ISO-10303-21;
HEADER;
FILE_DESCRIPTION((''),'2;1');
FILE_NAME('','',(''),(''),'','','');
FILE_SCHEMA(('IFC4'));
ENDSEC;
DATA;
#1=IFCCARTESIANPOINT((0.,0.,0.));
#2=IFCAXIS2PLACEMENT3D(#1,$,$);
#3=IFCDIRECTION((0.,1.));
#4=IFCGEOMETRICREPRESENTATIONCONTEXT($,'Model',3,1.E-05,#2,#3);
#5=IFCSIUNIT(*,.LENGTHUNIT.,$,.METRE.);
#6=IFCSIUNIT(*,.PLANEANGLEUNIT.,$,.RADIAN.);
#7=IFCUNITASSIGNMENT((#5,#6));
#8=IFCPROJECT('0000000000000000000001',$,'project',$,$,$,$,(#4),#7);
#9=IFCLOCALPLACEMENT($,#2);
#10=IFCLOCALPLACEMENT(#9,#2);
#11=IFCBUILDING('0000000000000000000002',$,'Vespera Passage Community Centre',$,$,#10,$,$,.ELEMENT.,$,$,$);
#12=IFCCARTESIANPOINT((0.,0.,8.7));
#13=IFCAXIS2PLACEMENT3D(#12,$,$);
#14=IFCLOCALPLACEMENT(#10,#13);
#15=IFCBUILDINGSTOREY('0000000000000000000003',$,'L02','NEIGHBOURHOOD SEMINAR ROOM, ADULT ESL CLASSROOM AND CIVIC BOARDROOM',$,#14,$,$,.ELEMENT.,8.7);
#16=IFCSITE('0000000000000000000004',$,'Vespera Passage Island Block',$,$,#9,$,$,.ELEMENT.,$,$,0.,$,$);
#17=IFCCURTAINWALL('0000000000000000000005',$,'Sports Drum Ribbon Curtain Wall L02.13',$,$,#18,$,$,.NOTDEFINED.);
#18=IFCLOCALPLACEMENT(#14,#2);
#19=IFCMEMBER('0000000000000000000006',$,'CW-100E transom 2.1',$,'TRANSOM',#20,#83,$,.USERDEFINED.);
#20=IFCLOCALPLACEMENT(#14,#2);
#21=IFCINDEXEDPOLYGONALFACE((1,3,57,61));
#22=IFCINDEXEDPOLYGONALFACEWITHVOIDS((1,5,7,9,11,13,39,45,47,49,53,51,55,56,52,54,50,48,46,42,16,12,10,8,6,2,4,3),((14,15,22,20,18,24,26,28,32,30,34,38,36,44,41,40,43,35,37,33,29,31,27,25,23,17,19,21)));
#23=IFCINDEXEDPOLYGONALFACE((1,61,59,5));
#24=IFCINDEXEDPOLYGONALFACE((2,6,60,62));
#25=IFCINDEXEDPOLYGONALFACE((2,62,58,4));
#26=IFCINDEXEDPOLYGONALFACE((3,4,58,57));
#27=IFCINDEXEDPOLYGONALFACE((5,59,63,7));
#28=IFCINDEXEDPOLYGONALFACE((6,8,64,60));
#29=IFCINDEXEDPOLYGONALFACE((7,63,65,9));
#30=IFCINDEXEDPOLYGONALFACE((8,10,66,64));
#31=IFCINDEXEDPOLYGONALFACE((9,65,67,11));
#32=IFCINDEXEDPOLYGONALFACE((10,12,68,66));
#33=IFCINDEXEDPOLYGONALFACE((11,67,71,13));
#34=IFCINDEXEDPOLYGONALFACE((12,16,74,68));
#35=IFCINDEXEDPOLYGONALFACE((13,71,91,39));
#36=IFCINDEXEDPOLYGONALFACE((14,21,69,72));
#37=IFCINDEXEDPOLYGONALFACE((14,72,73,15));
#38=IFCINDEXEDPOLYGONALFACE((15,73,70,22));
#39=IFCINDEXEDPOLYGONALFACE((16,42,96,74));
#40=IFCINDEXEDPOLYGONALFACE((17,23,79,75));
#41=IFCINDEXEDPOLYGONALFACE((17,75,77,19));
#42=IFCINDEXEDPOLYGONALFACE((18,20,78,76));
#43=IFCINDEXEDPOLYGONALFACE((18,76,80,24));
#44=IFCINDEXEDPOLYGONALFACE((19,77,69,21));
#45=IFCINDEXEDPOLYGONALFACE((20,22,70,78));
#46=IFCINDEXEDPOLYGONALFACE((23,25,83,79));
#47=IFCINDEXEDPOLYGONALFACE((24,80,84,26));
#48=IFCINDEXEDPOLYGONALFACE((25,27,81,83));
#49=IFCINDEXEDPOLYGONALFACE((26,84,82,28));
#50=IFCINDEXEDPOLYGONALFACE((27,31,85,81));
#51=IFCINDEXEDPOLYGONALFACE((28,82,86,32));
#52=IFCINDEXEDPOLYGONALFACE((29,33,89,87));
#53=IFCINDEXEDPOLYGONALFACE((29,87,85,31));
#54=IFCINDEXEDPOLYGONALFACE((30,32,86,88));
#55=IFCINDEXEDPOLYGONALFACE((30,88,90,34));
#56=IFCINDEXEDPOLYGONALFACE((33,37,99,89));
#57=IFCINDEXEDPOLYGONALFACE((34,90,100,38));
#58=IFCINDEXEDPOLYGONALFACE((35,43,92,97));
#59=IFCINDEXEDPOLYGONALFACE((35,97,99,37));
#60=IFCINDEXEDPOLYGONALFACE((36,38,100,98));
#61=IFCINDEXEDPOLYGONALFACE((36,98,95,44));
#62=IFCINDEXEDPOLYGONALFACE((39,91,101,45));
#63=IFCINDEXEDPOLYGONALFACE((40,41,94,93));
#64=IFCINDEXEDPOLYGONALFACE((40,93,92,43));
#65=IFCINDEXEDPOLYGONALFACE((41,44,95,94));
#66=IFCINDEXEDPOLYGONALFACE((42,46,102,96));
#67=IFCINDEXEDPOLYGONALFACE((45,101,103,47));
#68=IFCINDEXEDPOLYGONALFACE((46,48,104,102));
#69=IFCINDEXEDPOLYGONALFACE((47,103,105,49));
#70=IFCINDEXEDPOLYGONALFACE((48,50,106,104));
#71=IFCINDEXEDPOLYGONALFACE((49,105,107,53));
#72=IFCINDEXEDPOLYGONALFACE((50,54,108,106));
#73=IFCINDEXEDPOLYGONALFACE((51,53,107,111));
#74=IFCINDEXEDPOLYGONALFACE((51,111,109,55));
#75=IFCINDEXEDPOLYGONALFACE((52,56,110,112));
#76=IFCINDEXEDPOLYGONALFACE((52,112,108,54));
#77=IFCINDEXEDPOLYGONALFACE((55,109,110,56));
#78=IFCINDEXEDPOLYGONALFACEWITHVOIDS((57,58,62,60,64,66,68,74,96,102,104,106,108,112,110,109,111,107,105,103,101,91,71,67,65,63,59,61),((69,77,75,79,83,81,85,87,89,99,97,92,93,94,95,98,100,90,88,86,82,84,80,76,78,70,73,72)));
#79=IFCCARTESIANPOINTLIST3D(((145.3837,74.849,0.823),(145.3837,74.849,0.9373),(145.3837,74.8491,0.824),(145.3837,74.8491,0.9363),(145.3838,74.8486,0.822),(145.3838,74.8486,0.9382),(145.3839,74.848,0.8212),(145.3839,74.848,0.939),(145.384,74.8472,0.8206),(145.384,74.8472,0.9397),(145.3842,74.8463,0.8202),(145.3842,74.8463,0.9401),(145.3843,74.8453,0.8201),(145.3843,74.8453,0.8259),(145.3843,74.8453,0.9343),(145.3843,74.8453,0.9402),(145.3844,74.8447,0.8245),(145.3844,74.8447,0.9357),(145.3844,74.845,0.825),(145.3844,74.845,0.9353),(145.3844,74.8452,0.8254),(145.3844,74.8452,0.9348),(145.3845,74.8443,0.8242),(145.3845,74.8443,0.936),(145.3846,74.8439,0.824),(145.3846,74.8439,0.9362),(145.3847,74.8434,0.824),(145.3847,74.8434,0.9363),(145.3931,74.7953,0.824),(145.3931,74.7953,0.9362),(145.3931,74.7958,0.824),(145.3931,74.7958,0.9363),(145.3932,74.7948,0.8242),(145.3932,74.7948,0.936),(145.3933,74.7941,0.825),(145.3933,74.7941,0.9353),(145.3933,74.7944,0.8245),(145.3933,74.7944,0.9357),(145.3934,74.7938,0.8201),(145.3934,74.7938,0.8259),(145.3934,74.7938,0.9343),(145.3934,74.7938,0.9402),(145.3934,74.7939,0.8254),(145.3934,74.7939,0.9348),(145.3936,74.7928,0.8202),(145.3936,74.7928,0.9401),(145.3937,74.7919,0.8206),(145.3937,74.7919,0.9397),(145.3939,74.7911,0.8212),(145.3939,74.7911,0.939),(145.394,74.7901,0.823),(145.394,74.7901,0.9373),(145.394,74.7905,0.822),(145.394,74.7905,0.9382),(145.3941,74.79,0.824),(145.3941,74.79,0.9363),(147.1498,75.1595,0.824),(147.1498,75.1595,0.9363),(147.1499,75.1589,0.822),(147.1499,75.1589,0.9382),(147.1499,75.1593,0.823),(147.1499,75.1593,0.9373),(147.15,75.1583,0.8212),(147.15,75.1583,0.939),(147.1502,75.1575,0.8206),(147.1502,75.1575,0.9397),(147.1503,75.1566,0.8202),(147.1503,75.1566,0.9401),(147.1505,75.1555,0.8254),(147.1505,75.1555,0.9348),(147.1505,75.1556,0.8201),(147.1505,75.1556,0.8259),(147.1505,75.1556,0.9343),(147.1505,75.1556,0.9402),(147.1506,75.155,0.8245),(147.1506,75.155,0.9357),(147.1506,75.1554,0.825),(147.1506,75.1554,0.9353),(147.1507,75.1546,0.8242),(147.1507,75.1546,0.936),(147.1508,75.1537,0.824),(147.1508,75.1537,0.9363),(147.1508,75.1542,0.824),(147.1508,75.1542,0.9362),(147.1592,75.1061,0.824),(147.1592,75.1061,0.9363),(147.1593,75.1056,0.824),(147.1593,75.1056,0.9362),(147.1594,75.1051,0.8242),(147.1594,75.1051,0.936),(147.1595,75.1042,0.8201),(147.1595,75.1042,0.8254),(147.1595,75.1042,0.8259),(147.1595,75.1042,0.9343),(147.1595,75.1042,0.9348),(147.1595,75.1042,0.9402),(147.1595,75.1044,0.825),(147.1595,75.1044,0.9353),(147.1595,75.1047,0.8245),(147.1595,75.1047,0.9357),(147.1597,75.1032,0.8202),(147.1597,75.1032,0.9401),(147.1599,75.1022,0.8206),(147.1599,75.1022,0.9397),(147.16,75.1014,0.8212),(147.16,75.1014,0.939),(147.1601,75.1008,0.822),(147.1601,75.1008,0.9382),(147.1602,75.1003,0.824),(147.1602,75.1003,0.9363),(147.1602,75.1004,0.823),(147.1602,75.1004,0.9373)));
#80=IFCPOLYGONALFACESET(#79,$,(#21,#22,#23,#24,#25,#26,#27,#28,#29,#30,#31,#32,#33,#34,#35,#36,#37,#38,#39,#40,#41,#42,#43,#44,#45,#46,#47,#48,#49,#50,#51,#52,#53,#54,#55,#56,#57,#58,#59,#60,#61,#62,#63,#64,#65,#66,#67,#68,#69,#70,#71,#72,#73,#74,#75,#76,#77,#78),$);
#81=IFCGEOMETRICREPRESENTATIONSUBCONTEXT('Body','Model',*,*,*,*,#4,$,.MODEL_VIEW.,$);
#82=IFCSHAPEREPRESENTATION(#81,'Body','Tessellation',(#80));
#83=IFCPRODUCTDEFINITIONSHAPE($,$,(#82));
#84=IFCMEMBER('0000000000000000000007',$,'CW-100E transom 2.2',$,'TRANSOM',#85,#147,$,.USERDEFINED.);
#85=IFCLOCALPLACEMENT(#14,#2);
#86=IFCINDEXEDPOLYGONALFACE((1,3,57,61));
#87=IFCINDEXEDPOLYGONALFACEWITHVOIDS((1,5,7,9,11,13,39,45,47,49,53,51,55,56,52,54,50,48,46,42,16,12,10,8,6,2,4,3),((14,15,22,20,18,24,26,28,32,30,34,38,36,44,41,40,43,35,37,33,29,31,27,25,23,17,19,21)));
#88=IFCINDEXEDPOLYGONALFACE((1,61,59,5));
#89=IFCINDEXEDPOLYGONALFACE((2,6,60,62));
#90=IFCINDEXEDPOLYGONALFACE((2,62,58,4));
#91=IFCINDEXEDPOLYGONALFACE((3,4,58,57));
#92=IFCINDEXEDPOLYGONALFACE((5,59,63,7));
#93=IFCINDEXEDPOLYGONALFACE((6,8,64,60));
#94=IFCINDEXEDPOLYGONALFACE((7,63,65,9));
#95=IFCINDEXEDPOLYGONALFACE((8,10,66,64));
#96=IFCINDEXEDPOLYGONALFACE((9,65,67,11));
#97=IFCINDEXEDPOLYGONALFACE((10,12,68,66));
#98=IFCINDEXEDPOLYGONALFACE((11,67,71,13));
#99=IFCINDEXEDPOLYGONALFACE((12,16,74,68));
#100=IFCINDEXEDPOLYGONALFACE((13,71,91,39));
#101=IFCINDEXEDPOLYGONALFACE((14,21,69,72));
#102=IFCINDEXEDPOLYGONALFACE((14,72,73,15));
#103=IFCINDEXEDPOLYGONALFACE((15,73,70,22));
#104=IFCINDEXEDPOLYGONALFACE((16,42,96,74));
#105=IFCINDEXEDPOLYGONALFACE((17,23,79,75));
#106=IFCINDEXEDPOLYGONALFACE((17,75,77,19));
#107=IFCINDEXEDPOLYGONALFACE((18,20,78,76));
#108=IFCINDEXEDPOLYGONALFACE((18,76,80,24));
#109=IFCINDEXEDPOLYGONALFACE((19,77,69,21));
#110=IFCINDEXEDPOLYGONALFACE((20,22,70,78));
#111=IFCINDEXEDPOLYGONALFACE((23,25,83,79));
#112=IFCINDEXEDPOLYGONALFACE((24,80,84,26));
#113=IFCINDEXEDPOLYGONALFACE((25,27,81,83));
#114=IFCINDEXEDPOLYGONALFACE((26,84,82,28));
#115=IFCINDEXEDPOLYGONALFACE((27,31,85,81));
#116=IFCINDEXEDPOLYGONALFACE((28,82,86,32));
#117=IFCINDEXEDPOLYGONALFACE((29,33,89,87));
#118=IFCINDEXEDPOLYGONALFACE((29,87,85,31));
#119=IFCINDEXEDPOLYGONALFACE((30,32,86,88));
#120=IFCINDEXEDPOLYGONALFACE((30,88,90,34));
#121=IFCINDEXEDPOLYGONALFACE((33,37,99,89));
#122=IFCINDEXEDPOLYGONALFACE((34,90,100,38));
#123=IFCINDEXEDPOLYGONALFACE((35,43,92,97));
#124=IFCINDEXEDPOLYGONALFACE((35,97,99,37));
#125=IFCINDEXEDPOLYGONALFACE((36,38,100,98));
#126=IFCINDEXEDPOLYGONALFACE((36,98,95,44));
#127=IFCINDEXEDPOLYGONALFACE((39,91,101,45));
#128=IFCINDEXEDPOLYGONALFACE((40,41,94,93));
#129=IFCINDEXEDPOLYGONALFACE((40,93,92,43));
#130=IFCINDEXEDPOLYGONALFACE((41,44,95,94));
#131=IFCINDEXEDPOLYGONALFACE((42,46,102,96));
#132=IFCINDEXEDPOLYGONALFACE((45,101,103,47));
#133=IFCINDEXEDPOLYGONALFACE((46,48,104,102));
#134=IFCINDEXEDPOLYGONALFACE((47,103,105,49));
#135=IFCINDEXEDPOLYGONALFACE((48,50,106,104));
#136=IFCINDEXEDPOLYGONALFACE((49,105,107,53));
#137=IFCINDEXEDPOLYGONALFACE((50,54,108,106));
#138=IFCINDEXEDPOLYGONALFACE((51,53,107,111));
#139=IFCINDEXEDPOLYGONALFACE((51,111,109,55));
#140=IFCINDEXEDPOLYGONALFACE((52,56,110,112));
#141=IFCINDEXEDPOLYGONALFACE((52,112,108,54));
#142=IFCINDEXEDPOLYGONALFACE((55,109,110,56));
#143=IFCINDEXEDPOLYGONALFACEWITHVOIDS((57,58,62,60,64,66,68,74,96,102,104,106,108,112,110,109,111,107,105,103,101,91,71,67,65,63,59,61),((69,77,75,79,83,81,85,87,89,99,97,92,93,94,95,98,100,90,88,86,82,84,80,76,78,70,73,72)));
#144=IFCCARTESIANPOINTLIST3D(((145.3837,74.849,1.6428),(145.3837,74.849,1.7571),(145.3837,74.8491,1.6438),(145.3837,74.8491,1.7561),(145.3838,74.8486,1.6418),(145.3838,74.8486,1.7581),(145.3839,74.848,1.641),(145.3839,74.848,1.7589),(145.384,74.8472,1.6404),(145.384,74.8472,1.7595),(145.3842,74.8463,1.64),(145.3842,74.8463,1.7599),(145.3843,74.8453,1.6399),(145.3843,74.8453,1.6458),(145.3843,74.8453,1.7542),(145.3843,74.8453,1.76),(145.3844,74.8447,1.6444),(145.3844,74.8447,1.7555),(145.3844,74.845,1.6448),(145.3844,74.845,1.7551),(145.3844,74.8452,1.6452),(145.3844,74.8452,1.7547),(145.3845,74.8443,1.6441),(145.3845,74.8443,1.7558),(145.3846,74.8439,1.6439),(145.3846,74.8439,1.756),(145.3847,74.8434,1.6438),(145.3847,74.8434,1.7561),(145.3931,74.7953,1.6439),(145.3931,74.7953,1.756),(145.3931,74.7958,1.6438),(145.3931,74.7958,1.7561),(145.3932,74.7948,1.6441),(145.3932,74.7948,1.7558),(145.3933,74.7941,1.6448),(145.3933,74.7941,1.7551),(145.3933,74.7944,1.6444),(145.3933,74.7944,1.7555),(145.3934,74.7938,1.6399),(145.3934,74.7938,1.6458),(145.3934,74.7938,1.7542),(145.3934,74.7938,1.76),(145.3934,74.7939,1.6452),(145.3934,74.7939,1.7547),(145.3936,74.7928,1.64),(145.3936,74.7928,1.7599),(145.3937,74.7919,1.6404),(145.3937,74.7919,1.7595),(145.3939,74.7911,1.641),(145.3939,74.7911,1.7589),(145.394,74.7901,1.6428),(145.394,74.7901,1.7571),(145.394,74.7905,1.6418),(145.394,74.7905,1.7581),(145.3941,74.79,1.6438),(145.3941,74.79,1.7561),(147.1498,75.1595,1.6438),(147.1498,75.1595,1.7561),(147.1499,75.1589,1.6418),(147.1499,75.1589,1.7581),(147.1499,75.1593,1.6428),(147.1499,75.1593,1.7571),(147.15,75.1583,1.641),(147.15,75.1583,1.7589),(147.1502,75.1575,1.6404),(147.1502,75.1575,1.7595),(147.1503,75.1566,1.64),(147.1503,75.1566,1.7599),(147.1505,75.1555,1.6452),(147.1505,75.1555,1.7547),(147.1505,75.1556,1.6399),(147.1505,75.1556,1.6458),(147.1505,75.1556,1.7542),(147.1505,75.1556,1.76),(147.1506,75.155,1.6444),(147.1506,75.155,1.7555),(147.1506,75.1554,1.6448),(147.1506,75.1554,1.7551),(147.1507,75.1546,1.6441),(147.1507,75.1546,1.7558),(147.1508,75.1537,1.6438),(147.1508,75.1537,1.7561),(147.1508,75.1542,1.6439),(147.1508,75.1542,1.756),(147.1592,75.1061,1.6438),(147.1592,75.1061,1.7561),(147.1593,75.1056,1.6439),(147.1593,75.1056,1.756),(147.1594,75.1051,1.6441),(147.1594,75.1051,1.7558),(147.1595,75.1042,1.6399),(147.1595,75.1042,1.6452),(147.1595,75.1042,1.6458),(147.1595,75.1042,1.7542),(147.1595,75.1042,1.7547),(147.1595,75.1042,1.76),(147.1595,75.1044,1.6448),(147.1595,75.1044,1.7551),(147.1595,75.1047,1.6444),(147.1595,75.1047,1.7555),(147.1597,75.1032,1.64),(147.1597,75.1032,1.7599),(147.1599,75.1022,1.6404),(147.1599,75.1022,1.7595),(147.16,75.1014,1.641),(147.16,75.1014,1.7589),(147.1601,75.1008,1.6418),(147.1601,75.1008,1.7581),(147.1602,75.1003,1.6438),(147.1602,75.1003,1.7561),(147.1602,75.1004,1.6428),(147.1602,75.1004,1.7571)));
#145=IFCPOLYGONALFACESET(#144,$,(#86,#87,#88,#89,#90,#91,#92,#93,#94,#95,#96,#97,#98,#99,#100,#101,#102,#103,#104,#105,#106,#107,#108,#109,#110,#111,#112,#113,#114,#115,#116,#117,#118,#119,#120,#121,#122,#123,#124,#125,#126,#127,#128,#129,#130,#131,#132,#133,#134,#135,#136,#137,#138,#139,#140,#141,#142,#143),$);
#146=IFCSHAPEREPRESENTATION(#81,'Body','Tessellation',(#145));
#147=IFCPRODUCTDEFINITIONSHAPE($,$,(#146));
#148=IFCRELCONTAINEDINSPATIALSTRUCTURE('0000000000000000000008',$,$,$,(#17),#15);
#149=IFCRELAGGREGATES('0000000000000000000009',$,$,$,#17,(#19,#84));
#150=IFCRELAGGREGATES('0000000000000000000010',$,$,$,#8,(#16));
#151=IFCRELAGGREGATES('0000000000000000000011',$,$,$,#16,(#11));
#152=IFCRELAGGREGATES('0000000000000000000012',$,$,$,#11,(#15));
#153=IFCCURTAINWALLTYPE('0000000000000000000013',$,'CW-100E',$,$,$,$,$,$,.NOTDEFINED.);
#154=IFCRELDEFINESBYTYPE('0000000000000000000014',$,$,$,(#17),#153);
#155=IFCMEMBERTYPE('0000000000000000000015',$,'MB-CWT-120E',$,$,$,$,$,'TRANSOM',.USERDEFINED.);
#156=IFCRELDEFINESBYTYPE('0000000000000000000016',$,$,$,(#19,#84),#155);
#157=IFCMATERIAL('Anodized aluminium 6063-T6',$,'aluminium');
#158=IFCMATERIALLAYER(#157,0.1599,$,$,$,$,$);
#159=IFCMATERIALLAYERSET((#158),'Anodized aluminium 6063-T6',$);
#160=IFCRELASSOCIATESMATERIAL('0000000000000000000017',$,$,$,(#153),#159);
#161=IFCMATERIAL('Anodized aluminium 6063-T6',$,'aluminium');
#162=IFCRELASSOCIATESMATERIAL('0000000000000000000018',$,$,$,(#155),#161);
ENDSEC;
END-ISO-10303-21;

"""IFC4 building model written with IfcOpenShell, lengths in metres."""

from ifc_helpers import new_model, si_unit, direction, frame, origin, origin_2d, place, context, subcontext, project, spatial, hollow_rectangle, extrude, material, layer, layer_set, material_profile, profile_set, type_object, element, aggregate, save


model = new_model("IFC4")

# Units and contexts
model_context = context("Model", 3, precision=1e-05, world=origin(), true_north=direction((0.0, 1.0)))
body_context = subcontext(model_context, "Body", "Model", "MODEL_VIEW")
ifc_project = project(units=[si_unit("LENGTHUNIT", "METRE"), si_unit("PLANEANGLEUNIT", "RADIAN")], contexts=[model_context])

# Site, building, storey
site_placement = place(None, origin())
site = spatial("IfcSite", under=ifc_project, at=site_placement, Name="Vespera Passage Island Block", CompositionType="ELEMENT", RefElevation=0.0)
building_placement = place(site_placement, origin())
building = spatial("IfcBuilding", under=site, at=building_placement, Name="Vespera Passage Community Centre", CompositionType="ELEMENT")
storey_placement = place(building_placement, frame((0.0, 0.0, 8.7)))
storey = spatial("IfcBuildingStorey", under=building, at=storey_placement, Name="L02", Description="NEIGHBOURHOOD SEMINAR ROOM, ADULT ESL CLASSROOM AND CIVIC BOARDROOM", CompositionType="ELEMENT", Elevation=8.7)

# Curtain wall
ifc_material_1 = material(Name="Anodized aluminium 6063-T6", Category="aluminium")
ifc_layer_1 = layer(ifc_material_1, 0.1599)
ifc_layer_set_1 = layer_set([ifc_layer_1], Name="Anodized aluminium 6063-T6")
curtain_wall_type_1 = type_object("IfcCurtainWallType", Name="CW-100E", PredefinedType="NOTDEFINED", material=ifc_layer_set_1)
curtain_wall_1_placement = place(storey_placement, origin())
curtain_wall_1 = element("IfcCurtainWall", 1, at=curtain_wall_1_placement, inside=storey, type_object=curtain_wall_type_1, Name="Sports Drum Ribbon Curtain Wall L02.13", PredefinedType="NOTDEFINED")

# Members
ifc_material_2 = material(Name="Anodized aluminium 6063-T6", Category="aluminium")
ifc_material_profile_1 = material_profile(ifc_material_2, hollow_rectangle(XDim=0.0601, YDim=0.1201, WallThickness=0.0039, InnerFilletRadius=0.002, OuterFilletRadius=0.0039, at=origin_2d()), Name="ALU120X60X4")
ifc_profile_set_1 = profile_set([ifc_material_profile_1], Name="Anodized aluminium 6063-T6")
member_type_1 = type_object("IfcMemberType", Name="MB-CWT-120E", ElementType="TRANSOM", PredefinedType="USERDEFINED", material=ifc_profile_set_1)
member_1_placement = place(storey_placement, frame((147.155, 75.1299, 0.8801), z_axis=(-0.984913, -0.173047, 0.0), x_axis=(0.173047, -0.984913, 0.0)))
member_1 = element("IfcMember", 2, at=member_1_placement, type_object=member_type_1, Name="CW-100E transom 2.1", ObjectType="TRANSOM", PredefinedType="USERDEFINED", context=body_context, shape_type="SweptSolid", body=[
    extrude(hollow_rectangle(XDim=0.0601, YDim=0.1201, WallThickness=0.0039, InnerFilletRadius=0.002, OuterFilletRadius=0.0039, at=origin_2d()), origin(), (0.0, 0.0, 1.0), 1.7932),
])
member_2_placement = place(storey_placement, frame((147.155, 75.1299, 1.7), z_axis=(-0.984913, -0.173047, 0.0), x_axis=(0.173047, -0.984913, 0.0)))
member_2 = element("IfcMember", 3, at=member_2_placement, type_object=member_type_1, Name="CW-100E transom 2.2", ObjectType="TRANSOM", PredefinedType="USERDEFINED", context=body_context, shape_type="SweptSolid", body=[
    extrude(hollow_rectangle(XDim=0.0601, YDim=0.1201, WallThickness=0.0039, InnerFilletRadius=0.002, OuterFilletRadius=0.0039, at=origin_2d()), origin(), (0.0, 0.0, 1.0), 1.7932),
])

aggregate(curtain_wall_1, [member_1, member_2])

save(model, "model.ifc")
